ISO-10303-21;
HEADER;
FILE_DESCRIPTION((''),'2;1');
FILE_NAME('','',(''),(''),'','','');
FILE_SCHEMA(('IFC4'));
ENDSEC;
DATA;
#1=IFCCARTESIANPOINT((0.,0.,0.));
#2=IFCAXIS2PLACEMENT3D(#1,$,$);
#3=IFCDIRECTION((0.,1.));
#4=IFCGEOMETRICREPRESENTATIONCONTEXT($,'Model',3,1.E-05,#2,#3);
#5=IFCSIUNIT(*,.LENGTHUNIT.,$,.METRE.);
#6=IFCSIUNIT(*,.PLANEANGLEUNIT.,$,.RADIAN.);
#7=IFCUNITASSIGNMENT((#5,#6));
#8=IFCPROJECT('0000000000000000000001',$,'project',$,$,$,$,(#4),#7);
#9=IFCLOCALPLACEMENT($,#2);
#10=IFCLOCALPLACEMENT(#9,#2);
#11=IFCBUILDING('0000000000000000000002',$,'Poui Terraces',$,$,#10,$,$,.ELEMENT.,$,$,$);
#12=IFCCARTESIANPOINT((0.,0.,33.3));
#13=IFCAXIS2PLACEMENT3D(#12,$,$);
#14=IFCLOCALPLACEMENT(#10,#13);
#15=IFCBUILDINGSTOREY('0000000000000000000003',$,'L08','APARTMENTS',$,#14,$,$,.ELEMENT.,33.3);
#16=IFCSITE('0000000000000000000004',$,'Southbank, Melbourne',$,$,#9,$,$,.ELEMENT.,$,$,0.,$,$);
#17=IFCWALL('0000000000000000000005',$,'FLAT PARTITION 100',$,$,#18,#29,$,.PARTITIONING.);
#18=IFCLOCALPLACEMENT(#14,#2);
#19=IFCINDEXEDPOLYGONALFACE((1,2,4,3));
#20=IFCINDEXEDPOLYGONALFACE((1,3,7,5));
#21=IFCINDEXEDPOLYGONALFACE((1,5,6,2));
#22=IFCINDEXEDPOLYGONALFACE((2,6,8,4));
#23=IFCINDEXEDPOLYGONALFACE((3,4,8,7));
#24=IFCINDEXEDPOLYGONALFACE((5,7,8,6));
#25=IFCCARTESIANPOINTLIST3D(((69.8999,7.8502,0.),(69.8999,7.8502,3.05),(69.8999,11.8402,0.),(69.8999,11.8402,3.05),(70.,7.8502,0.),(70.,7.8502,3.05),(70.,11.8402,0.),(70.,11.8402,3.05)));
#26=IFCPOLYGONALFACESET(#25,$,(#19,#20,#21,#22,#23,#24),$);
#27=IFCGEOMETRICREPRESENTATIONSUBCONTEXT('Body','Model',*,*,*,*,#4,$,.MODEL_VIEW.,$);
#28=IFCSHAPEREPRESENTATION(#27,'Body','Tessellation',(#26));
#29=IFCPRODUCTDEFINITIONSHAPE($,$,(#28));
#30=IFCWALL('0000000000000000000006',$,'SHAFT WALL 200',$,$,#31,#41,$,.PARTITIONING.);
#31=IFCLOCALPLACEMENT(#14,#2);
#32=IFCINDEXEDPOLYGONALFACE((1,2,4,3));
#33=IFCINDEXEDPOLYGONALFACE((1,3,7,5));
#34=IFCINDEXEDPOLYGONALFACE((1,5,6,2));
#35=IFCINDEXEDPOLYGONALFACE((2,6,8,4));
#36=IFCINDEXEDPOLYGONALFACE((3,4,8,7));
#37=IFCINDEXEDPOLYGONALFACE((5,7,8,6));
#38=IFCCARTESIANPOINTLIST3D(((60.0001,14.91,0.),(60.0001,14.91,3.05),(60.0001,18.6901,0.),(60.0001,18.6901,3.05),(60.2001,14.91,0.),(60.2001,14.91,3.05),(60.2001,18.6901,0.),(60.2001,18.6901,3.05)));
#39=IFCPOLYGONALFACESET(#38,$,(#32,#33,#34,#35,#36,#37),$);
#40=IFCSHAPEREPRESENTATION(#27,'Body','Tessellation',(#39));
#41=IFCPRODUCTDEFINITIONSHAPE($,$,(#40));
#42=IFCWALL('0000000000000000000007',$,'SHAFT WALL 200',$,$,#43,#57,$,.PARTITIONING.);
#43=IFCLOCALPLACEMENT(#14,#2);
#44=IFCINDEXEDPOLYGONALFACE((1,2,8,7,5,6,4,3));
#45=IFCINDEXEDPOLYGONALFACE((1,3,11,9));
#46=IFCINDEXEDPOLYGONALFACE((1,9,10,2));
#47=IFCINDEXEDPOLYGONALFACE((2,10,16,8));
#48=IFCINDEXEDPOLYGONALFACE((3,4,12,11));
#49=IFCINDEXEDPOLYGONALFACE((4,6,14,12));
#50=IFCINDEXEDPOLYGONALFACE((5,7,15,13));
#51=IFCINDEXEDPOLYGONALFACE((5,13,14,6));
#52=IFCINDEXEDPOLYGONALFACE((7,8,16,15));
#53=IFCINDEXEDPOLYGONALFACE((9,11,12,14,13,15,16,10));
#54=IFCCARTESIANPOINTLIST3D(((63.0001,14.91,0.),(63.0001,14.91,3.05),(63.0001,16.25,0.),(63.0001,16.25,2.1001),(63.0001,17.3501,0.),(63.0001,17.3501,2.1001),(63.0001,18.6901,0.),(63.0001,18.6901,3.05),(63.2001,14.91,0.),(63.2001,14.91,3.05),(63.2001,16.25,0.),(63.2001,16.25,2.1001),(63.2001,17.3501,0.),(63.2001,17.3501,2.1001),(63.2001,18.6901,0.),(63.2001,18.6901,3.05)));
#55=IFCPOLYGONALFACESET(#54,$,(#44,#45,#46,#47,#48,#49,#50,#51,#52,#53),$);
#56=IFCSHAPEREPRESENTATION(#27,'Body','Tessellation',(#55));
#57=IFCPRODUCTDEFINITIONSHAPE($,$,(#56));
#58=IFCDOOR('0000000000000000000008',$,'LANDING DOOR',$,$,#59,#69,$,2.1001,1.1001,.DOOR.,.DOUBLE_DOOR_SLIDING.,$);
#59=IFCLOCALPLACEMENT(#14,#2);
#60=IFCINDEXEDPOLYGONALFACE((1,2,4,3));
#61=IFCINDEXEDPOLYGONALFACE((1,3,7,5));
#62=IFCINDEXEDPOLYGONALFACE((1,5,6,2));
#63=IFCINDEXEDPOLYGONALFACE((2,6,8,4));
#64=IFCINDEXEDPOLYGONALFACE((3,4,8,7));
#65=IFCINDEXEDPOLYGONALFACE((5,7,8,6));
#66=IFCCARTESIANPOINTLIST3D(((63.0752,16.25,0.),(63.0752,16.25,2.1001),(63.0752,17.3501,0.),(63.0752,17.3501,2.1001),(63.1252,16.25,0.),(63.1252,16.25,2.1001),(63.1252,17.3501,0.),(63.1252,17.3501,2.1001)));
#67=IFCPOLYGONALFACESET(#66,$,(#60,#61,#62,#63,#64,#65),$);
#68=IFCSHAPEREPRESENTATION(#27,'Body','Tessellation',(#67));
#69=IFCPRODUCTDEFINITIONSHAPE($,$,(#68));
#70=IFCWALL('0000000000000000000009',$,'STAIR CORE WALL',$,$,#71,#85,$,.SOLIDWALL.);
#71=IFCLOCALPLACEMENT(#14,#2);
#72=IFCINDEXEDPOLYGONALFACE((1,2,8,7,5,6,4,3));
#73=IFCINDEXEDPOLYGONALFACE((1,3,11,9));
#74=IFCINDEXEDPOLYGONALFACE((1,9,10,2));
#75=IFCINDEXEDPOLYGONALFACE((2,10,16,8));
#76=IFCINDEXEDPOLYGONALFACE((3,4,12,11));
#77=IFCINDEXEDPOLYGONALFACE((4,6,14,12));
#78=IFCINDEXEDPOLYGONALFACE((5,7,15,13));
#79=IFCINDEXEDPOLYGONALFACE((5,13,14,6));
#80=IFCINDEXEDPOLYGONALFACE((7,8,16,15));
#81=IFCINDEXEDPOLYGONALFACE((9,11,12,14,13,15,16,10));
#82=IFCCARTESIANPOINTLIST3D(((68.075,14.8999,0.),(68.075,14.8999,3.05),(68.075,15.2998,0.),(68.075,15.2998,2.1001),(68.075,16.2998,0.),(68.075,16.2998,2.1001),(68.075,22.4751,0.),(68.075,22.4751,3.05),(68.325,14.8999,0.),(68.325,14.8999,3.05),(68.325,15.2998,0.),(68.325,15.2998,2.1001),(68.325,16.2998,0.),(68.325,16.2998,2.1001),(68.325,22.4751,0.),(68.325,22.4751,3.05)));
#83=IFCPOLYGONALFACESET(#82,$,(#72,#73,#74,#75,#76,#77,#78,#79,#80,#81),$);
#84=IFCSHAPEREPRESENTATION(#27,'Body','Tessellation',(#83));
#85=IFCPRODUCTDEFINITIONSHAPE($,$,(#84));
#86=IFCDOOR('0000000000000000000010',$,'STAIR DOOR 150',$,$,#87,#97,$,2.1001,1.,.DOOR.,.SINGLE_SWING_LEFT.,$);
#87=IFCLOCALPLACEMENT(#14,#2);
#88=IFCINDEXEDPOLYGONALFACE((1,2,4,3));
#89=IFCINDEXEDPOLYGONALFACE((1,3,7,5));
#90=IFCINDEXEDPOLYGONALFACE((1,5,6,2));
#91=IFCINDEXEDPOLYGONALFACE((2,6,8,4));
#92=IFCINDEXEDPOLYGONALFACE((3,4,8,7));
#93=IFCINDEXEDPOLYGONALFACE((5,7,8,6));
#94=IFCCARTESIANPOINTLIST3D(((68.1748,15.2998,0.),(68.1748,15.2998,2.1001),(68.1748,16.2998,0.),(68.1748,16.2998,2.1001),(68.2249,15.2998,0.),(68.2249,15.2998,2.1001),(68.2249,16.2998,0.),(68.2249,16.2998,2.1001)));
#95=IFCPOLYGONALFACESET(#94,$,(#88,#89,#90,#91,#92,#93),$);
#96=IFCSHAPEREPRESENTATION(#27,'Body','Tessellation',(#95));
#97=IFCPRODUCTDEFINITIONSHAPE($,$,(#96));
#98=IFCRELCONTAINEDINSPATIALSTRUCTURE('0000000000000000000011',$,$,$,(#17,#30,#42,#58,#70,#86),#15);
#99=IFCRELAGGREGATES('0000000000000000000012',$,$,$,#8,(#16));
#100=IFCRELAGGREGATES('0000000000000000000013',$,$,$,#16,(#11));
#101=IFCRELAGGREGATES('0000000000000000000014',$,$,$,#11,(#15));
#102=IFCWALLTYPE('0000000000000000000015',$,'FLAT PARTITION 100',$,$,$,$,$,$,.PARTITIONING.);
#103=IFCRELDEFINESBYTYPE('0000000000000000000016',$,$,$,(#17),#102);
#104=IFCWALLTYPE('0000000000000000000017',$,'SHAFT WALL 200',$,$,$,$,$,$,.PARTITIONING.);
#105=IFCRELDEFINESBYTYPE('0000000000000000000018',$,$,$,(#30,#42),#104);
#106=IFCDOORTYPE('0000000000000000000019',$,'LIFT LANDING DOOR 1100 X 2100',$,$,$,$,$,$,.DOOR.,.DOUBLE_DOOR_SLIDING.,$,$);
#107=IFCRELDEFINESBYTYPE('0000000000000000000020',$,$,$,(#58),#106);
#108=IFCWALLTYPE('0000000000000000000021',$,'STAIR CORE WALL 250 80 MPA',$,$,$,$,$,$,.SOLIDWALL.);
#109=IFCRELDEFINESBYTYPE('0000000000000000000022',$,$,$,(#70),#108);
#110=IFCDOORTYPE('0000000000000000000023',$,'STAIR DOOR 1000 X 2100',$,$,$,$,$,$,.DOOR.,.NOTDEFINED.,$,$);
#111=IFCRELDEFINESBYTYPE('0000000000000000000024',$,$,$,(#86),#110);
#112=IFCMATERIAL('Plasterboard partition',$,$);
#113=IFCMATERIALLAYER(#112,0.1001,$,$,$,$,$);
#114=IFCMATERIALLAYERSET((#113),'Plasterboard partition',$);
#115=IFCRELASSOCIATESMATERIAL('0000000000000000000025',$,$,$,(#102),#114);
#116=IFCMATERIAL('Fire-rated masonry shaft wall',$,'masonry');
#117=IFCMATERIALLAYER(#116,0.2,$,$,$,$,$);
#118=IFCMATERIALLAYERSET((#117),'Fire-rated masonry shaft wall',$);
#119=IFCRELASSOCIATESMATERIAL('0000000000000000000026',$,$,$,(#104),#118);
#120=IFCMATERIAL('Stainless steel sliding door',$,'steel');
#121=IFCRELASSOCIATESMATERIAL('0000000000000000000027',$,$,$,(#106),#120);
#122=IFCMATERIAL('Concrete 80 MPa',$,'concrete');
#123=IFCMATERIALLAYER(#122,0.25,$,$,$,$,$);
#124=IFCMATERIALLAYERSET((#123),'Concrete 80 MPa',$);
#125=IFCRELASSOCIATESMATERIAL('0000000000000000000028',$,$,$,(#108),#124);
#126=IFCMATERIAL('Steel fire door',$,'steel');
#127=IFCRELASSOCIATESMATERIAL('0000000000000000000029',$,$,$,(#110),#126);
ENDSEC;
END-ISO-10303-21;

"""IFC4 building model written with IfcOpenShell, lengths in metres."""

from ifc_helpers import new_model, si_unit, direction, frame, frame_2d, origin, place, context, subcontext, project, spatial, rectangle, extrude, material, layer, layer_set, type_object, element, fill, save


model = new_model("IFC4")

# Units and contexts
model_context = context("Model", 3, precision=1e-05, world=origin(), true_north=direction((0.0, 1.0)))
body_context = subcontext(model_context, "Body", "Model", "MODEL_VIEW")
ifc_project = project(units=[si_unit("LENGTHUNIT", "METRE"), si_unit("PLANEANGLEUNIT", "RADIAN")], contexts=[model_context])

# Site, building, storey
site_placement = place(None, origin())
site = spatial("IfcSite", under=ifc_project, at=site_placement, Name="Southbank, Melbourne", CompositionType="ELEMENT", RefElevation=0.0)
building_placement = place(site_placement, origin())
building = spatial("IfcBuilding", under=site, at=building_placement, Name="Poui Terraces", CompositionType="ELEMENT")
storey_placement = place(building_placement, frame((0.0, 0.0, 33.3)))
storey = spatial("IfcBuildingStorey", under=building, at=storey_placement, Name="L08", Description="APARTMENTS", CompositionType="ELEMENT", Elevation=33.3)

# Shared definitions
ifc_material_1 = material(Name="Concrete 80 MPa", Category="concrete")

# Shared definitions
ifc_material_2 = material(Name="Steel fire door", Category="steel")
ifc_material_3 = material(Name="Plasterboard partition")
ifc_layer_1 = layer(ifc_material_3, 0.1001)
ifc_layer_set_1 = layer_set([ifc_layer_1], Name="Plasterboard partition")
wall_type_1 = type_object("IfcWallType", Name="FLAT PARTITION 100", PredefinedType="PARTITIONING", material=ifc_layer_set_1)

# Walls
wall_1_placement = place(storey_placement, frame((69.95, 7.8501, 0.0), z_axis=(0.0, 0.0, 1.0), x_axis=(0.0, 1.0, 0.0)))
element("IfcWall", 1, at=wall_1_placement, inside=storey, type_object=wall_type_1, Name="FLAT PARTITION 100", PredefinedType="PARTITIONING", context=body_context, shape_type="SweptSolid", body=[
    extrude(rectangle(XDim=3.99, YDim=0.1001, at=frame_2d((1.9951, 0.0))), origin(), (0.0, 0.0, 1.0), 3.05),
])
ifc_material_4 = material(Name="Fire-rated masonry shaft wall", Category="masonry")
ifc_layer_2 = layer(ifc_material_4, 0.2)
ifc_layer_set_2 = layer_set([ifc_layer_2], Name="Fire-rated masonry shaft wall")
wall_type_2 = type_object("IfcWallType", Name="SHAFT WALL 200", PredefinedType="PARTITIONING", material=ifc_layer_set_2)
wall_2_placement = place(storey_placement, frame((60.1001, 14.9099, 0.0), z_axis=(0.0, 0.0, 1.0), x_axis=(0.0, 1.0, 0.0)))
element("IfcWall", 2, at=wall_2_placement, inside=storey, type_object=wall_type_2, Name="SHAFT WALL 200", PredefinedType="PARTITIONING", context=body_context, shape_type="SweptSolid", body=[
    extrude(rectangle(XDim=3.78, YDim=0.2, at=frame_2d((1.8901, 0.0))), origin(), (0.0, 0.0, 1.0), 3.05),
])

# Walls, openings, doors
wall_3_placement = place(storey_placement, frame((63.1001, 14.9099, 0.0), z_axis=(0.0, 0.0, 1.0), x_axis=(0.0, 1.0, 0.0)))
wall_3 = element("IfcWall", 3, at=wall_3_placement, inside=storey, type_object=wall_type_2, Name="SHAFT WALL 200", PredefinedType="PARTITIONING", context=body_context, shape_type="SweptSolid", body=[
    extrude(rectangle(XDim=3.78, YDim=0.2, at=frame_2d((1.8901, 0.0))), origin(), (0.0, 0.0, 1.0), 3.05),
])
opening_1_placement = place(wall_3_placement, frame((1.3401, 0.0, 0.0)))
opening_1 = element("IfcOpeningElement", 4, at=opening_1_placement, cuts=wall_3, PredefinedType="OPENING", context=body_context, shape_type="SweptSolid", body=[
    extrude(rectangle(XDim=1.1001, YDim=2.1001, at=frame_2d((0.55, 1.05))), frame((0.0, 0.1099, 0.0), z_axis=(0.0, -1.0, 0.0), x_axis=(1.0, 0.0, 0.0)), (0.0, 0.0, 1.0), 0.22),
])
ifc_material_5 = material(Name="Stainless steel sliding door", Category="steel")
door_type_1 = type_object("IfcDoorType", Name="LIFT LANDING DOOR 1100 X 2100", OperationType="DOUBLE_DOOR_SLIDING", PredefinedType="DOOR", material=ifc_material_5)
door_1_placement = place(opening_1_placement, origin())
door_1 = element("IfcDoor", 5, at=door_1_placement, inside=storey, type_object=door_type_1, Name="LANDING DOOR", OperationType="DOUBLE_DOOR_SLIDING", OverallHeight=2.1001, OverallWidth=1.1001, PredefinedType="DOOR", context=body_context, shape_type="SweptSolid", body=[
    extrude(rectangle(XDim=1.1001, YDim=2.1001, at=frame_2d((0.55, 1.05))), frame((0.0, 0.0249, 0.0), z_axis=(0.0, -1.0, 0.0), x_axis=(1.0, 0.0, 0.0)), (0.0, 0.0, 1.0), 0.05),
])
fill(opening_1, door_1)
ifc_layer_3 = layer(ifc_material_1, 0.25)
ifc_layer_set_3 = layer_set([ifc_layer_3], Name="Concrete 80 MPa")
wall_type_3 = type_object("IfcWallType", Name="STAIR CORE WALL 250 80 MPA", PredefinedType="SOLIDWALL", material=ifc_layer_set_3)
wall_4_placement = place(storey_placement, frame((68.2, 14.8999, 0.0), z_axis=(0.0, 0.0, 1.0), x_axis=(0.0, 1.0, 0.0)))
wall_4 = element("IfcWall", 6, at=wall_4_placement, inside=storey, type_object=wall_type_3, Name="STAIR CORE WALL", PredefinedType="SOLIDWALL", context=body_context, shape_type="SweptSolid", body=[
    extrude(rectangle(XDim=7.5752, YDim=0.25, at=frame_2d((3.7876, 0.0))), origin(), (0.0, 0.0, 1.0), 3.05),
])
opening_2_placement = place(wall_4_placement, frame((0.3999, 0.0, 0.0)))
opening_2 = element("IfcOpeningElement", 7, at=opening_2_placement, cuts=wall_4, PredefinedType="OPENING", context=body_context, shape_type="SweptSolid", body=[
    extrude(rectangle(XDim=1.0, YDim=2.1001, at=frame_2d((0.5, 1.05))), frame((0.0, 0.135, 0.0), z_axis=(0.0, -1.0, 0.0), x_axis=(1.0, 0.0, 0.0)), (0.0, 0.0, 1.0), 0.27),
])
door_type_2 = type_object("IfcDoorType", Name="STAIR DOOR 1000 X 2100", OperationType="NOTDEFINED", PredefinedType="DOOR", material=ifc_material_2)
door_2_placement = place(opening_2_placement, frame((1.0, 0.0, 0.0), z_axis=(0.0, 0.0, 1.0), x_axis=(-1.0, 0.0, 0.0)))
door_2 = element("IfcDoor", 8, at=door_2_placement, inside=storey, type_object=door_type_2, Name="STAIR DOOR 150", OperationType="SINGLE_SWING_LEFT", OverallHeight=2.1001, OverallWidth=1.0, PredefinedType="DOOR", context=body_context, shape_type="SweptSolid", body=[
    extrude(rectangle(XDim=1.0, YDim=2.1001, at=frame_2d((0.5, 1.05))), frame((0.0, 0.0249, 0.0), z_axis=(0.0, -1.0, 0.0), x_axis=(1.0, 0.0, 0.0)), (0.0, 0.0, 1.0), 0.05),
])
fill(opening_2, door_2)

save(model, "model.ifc")
